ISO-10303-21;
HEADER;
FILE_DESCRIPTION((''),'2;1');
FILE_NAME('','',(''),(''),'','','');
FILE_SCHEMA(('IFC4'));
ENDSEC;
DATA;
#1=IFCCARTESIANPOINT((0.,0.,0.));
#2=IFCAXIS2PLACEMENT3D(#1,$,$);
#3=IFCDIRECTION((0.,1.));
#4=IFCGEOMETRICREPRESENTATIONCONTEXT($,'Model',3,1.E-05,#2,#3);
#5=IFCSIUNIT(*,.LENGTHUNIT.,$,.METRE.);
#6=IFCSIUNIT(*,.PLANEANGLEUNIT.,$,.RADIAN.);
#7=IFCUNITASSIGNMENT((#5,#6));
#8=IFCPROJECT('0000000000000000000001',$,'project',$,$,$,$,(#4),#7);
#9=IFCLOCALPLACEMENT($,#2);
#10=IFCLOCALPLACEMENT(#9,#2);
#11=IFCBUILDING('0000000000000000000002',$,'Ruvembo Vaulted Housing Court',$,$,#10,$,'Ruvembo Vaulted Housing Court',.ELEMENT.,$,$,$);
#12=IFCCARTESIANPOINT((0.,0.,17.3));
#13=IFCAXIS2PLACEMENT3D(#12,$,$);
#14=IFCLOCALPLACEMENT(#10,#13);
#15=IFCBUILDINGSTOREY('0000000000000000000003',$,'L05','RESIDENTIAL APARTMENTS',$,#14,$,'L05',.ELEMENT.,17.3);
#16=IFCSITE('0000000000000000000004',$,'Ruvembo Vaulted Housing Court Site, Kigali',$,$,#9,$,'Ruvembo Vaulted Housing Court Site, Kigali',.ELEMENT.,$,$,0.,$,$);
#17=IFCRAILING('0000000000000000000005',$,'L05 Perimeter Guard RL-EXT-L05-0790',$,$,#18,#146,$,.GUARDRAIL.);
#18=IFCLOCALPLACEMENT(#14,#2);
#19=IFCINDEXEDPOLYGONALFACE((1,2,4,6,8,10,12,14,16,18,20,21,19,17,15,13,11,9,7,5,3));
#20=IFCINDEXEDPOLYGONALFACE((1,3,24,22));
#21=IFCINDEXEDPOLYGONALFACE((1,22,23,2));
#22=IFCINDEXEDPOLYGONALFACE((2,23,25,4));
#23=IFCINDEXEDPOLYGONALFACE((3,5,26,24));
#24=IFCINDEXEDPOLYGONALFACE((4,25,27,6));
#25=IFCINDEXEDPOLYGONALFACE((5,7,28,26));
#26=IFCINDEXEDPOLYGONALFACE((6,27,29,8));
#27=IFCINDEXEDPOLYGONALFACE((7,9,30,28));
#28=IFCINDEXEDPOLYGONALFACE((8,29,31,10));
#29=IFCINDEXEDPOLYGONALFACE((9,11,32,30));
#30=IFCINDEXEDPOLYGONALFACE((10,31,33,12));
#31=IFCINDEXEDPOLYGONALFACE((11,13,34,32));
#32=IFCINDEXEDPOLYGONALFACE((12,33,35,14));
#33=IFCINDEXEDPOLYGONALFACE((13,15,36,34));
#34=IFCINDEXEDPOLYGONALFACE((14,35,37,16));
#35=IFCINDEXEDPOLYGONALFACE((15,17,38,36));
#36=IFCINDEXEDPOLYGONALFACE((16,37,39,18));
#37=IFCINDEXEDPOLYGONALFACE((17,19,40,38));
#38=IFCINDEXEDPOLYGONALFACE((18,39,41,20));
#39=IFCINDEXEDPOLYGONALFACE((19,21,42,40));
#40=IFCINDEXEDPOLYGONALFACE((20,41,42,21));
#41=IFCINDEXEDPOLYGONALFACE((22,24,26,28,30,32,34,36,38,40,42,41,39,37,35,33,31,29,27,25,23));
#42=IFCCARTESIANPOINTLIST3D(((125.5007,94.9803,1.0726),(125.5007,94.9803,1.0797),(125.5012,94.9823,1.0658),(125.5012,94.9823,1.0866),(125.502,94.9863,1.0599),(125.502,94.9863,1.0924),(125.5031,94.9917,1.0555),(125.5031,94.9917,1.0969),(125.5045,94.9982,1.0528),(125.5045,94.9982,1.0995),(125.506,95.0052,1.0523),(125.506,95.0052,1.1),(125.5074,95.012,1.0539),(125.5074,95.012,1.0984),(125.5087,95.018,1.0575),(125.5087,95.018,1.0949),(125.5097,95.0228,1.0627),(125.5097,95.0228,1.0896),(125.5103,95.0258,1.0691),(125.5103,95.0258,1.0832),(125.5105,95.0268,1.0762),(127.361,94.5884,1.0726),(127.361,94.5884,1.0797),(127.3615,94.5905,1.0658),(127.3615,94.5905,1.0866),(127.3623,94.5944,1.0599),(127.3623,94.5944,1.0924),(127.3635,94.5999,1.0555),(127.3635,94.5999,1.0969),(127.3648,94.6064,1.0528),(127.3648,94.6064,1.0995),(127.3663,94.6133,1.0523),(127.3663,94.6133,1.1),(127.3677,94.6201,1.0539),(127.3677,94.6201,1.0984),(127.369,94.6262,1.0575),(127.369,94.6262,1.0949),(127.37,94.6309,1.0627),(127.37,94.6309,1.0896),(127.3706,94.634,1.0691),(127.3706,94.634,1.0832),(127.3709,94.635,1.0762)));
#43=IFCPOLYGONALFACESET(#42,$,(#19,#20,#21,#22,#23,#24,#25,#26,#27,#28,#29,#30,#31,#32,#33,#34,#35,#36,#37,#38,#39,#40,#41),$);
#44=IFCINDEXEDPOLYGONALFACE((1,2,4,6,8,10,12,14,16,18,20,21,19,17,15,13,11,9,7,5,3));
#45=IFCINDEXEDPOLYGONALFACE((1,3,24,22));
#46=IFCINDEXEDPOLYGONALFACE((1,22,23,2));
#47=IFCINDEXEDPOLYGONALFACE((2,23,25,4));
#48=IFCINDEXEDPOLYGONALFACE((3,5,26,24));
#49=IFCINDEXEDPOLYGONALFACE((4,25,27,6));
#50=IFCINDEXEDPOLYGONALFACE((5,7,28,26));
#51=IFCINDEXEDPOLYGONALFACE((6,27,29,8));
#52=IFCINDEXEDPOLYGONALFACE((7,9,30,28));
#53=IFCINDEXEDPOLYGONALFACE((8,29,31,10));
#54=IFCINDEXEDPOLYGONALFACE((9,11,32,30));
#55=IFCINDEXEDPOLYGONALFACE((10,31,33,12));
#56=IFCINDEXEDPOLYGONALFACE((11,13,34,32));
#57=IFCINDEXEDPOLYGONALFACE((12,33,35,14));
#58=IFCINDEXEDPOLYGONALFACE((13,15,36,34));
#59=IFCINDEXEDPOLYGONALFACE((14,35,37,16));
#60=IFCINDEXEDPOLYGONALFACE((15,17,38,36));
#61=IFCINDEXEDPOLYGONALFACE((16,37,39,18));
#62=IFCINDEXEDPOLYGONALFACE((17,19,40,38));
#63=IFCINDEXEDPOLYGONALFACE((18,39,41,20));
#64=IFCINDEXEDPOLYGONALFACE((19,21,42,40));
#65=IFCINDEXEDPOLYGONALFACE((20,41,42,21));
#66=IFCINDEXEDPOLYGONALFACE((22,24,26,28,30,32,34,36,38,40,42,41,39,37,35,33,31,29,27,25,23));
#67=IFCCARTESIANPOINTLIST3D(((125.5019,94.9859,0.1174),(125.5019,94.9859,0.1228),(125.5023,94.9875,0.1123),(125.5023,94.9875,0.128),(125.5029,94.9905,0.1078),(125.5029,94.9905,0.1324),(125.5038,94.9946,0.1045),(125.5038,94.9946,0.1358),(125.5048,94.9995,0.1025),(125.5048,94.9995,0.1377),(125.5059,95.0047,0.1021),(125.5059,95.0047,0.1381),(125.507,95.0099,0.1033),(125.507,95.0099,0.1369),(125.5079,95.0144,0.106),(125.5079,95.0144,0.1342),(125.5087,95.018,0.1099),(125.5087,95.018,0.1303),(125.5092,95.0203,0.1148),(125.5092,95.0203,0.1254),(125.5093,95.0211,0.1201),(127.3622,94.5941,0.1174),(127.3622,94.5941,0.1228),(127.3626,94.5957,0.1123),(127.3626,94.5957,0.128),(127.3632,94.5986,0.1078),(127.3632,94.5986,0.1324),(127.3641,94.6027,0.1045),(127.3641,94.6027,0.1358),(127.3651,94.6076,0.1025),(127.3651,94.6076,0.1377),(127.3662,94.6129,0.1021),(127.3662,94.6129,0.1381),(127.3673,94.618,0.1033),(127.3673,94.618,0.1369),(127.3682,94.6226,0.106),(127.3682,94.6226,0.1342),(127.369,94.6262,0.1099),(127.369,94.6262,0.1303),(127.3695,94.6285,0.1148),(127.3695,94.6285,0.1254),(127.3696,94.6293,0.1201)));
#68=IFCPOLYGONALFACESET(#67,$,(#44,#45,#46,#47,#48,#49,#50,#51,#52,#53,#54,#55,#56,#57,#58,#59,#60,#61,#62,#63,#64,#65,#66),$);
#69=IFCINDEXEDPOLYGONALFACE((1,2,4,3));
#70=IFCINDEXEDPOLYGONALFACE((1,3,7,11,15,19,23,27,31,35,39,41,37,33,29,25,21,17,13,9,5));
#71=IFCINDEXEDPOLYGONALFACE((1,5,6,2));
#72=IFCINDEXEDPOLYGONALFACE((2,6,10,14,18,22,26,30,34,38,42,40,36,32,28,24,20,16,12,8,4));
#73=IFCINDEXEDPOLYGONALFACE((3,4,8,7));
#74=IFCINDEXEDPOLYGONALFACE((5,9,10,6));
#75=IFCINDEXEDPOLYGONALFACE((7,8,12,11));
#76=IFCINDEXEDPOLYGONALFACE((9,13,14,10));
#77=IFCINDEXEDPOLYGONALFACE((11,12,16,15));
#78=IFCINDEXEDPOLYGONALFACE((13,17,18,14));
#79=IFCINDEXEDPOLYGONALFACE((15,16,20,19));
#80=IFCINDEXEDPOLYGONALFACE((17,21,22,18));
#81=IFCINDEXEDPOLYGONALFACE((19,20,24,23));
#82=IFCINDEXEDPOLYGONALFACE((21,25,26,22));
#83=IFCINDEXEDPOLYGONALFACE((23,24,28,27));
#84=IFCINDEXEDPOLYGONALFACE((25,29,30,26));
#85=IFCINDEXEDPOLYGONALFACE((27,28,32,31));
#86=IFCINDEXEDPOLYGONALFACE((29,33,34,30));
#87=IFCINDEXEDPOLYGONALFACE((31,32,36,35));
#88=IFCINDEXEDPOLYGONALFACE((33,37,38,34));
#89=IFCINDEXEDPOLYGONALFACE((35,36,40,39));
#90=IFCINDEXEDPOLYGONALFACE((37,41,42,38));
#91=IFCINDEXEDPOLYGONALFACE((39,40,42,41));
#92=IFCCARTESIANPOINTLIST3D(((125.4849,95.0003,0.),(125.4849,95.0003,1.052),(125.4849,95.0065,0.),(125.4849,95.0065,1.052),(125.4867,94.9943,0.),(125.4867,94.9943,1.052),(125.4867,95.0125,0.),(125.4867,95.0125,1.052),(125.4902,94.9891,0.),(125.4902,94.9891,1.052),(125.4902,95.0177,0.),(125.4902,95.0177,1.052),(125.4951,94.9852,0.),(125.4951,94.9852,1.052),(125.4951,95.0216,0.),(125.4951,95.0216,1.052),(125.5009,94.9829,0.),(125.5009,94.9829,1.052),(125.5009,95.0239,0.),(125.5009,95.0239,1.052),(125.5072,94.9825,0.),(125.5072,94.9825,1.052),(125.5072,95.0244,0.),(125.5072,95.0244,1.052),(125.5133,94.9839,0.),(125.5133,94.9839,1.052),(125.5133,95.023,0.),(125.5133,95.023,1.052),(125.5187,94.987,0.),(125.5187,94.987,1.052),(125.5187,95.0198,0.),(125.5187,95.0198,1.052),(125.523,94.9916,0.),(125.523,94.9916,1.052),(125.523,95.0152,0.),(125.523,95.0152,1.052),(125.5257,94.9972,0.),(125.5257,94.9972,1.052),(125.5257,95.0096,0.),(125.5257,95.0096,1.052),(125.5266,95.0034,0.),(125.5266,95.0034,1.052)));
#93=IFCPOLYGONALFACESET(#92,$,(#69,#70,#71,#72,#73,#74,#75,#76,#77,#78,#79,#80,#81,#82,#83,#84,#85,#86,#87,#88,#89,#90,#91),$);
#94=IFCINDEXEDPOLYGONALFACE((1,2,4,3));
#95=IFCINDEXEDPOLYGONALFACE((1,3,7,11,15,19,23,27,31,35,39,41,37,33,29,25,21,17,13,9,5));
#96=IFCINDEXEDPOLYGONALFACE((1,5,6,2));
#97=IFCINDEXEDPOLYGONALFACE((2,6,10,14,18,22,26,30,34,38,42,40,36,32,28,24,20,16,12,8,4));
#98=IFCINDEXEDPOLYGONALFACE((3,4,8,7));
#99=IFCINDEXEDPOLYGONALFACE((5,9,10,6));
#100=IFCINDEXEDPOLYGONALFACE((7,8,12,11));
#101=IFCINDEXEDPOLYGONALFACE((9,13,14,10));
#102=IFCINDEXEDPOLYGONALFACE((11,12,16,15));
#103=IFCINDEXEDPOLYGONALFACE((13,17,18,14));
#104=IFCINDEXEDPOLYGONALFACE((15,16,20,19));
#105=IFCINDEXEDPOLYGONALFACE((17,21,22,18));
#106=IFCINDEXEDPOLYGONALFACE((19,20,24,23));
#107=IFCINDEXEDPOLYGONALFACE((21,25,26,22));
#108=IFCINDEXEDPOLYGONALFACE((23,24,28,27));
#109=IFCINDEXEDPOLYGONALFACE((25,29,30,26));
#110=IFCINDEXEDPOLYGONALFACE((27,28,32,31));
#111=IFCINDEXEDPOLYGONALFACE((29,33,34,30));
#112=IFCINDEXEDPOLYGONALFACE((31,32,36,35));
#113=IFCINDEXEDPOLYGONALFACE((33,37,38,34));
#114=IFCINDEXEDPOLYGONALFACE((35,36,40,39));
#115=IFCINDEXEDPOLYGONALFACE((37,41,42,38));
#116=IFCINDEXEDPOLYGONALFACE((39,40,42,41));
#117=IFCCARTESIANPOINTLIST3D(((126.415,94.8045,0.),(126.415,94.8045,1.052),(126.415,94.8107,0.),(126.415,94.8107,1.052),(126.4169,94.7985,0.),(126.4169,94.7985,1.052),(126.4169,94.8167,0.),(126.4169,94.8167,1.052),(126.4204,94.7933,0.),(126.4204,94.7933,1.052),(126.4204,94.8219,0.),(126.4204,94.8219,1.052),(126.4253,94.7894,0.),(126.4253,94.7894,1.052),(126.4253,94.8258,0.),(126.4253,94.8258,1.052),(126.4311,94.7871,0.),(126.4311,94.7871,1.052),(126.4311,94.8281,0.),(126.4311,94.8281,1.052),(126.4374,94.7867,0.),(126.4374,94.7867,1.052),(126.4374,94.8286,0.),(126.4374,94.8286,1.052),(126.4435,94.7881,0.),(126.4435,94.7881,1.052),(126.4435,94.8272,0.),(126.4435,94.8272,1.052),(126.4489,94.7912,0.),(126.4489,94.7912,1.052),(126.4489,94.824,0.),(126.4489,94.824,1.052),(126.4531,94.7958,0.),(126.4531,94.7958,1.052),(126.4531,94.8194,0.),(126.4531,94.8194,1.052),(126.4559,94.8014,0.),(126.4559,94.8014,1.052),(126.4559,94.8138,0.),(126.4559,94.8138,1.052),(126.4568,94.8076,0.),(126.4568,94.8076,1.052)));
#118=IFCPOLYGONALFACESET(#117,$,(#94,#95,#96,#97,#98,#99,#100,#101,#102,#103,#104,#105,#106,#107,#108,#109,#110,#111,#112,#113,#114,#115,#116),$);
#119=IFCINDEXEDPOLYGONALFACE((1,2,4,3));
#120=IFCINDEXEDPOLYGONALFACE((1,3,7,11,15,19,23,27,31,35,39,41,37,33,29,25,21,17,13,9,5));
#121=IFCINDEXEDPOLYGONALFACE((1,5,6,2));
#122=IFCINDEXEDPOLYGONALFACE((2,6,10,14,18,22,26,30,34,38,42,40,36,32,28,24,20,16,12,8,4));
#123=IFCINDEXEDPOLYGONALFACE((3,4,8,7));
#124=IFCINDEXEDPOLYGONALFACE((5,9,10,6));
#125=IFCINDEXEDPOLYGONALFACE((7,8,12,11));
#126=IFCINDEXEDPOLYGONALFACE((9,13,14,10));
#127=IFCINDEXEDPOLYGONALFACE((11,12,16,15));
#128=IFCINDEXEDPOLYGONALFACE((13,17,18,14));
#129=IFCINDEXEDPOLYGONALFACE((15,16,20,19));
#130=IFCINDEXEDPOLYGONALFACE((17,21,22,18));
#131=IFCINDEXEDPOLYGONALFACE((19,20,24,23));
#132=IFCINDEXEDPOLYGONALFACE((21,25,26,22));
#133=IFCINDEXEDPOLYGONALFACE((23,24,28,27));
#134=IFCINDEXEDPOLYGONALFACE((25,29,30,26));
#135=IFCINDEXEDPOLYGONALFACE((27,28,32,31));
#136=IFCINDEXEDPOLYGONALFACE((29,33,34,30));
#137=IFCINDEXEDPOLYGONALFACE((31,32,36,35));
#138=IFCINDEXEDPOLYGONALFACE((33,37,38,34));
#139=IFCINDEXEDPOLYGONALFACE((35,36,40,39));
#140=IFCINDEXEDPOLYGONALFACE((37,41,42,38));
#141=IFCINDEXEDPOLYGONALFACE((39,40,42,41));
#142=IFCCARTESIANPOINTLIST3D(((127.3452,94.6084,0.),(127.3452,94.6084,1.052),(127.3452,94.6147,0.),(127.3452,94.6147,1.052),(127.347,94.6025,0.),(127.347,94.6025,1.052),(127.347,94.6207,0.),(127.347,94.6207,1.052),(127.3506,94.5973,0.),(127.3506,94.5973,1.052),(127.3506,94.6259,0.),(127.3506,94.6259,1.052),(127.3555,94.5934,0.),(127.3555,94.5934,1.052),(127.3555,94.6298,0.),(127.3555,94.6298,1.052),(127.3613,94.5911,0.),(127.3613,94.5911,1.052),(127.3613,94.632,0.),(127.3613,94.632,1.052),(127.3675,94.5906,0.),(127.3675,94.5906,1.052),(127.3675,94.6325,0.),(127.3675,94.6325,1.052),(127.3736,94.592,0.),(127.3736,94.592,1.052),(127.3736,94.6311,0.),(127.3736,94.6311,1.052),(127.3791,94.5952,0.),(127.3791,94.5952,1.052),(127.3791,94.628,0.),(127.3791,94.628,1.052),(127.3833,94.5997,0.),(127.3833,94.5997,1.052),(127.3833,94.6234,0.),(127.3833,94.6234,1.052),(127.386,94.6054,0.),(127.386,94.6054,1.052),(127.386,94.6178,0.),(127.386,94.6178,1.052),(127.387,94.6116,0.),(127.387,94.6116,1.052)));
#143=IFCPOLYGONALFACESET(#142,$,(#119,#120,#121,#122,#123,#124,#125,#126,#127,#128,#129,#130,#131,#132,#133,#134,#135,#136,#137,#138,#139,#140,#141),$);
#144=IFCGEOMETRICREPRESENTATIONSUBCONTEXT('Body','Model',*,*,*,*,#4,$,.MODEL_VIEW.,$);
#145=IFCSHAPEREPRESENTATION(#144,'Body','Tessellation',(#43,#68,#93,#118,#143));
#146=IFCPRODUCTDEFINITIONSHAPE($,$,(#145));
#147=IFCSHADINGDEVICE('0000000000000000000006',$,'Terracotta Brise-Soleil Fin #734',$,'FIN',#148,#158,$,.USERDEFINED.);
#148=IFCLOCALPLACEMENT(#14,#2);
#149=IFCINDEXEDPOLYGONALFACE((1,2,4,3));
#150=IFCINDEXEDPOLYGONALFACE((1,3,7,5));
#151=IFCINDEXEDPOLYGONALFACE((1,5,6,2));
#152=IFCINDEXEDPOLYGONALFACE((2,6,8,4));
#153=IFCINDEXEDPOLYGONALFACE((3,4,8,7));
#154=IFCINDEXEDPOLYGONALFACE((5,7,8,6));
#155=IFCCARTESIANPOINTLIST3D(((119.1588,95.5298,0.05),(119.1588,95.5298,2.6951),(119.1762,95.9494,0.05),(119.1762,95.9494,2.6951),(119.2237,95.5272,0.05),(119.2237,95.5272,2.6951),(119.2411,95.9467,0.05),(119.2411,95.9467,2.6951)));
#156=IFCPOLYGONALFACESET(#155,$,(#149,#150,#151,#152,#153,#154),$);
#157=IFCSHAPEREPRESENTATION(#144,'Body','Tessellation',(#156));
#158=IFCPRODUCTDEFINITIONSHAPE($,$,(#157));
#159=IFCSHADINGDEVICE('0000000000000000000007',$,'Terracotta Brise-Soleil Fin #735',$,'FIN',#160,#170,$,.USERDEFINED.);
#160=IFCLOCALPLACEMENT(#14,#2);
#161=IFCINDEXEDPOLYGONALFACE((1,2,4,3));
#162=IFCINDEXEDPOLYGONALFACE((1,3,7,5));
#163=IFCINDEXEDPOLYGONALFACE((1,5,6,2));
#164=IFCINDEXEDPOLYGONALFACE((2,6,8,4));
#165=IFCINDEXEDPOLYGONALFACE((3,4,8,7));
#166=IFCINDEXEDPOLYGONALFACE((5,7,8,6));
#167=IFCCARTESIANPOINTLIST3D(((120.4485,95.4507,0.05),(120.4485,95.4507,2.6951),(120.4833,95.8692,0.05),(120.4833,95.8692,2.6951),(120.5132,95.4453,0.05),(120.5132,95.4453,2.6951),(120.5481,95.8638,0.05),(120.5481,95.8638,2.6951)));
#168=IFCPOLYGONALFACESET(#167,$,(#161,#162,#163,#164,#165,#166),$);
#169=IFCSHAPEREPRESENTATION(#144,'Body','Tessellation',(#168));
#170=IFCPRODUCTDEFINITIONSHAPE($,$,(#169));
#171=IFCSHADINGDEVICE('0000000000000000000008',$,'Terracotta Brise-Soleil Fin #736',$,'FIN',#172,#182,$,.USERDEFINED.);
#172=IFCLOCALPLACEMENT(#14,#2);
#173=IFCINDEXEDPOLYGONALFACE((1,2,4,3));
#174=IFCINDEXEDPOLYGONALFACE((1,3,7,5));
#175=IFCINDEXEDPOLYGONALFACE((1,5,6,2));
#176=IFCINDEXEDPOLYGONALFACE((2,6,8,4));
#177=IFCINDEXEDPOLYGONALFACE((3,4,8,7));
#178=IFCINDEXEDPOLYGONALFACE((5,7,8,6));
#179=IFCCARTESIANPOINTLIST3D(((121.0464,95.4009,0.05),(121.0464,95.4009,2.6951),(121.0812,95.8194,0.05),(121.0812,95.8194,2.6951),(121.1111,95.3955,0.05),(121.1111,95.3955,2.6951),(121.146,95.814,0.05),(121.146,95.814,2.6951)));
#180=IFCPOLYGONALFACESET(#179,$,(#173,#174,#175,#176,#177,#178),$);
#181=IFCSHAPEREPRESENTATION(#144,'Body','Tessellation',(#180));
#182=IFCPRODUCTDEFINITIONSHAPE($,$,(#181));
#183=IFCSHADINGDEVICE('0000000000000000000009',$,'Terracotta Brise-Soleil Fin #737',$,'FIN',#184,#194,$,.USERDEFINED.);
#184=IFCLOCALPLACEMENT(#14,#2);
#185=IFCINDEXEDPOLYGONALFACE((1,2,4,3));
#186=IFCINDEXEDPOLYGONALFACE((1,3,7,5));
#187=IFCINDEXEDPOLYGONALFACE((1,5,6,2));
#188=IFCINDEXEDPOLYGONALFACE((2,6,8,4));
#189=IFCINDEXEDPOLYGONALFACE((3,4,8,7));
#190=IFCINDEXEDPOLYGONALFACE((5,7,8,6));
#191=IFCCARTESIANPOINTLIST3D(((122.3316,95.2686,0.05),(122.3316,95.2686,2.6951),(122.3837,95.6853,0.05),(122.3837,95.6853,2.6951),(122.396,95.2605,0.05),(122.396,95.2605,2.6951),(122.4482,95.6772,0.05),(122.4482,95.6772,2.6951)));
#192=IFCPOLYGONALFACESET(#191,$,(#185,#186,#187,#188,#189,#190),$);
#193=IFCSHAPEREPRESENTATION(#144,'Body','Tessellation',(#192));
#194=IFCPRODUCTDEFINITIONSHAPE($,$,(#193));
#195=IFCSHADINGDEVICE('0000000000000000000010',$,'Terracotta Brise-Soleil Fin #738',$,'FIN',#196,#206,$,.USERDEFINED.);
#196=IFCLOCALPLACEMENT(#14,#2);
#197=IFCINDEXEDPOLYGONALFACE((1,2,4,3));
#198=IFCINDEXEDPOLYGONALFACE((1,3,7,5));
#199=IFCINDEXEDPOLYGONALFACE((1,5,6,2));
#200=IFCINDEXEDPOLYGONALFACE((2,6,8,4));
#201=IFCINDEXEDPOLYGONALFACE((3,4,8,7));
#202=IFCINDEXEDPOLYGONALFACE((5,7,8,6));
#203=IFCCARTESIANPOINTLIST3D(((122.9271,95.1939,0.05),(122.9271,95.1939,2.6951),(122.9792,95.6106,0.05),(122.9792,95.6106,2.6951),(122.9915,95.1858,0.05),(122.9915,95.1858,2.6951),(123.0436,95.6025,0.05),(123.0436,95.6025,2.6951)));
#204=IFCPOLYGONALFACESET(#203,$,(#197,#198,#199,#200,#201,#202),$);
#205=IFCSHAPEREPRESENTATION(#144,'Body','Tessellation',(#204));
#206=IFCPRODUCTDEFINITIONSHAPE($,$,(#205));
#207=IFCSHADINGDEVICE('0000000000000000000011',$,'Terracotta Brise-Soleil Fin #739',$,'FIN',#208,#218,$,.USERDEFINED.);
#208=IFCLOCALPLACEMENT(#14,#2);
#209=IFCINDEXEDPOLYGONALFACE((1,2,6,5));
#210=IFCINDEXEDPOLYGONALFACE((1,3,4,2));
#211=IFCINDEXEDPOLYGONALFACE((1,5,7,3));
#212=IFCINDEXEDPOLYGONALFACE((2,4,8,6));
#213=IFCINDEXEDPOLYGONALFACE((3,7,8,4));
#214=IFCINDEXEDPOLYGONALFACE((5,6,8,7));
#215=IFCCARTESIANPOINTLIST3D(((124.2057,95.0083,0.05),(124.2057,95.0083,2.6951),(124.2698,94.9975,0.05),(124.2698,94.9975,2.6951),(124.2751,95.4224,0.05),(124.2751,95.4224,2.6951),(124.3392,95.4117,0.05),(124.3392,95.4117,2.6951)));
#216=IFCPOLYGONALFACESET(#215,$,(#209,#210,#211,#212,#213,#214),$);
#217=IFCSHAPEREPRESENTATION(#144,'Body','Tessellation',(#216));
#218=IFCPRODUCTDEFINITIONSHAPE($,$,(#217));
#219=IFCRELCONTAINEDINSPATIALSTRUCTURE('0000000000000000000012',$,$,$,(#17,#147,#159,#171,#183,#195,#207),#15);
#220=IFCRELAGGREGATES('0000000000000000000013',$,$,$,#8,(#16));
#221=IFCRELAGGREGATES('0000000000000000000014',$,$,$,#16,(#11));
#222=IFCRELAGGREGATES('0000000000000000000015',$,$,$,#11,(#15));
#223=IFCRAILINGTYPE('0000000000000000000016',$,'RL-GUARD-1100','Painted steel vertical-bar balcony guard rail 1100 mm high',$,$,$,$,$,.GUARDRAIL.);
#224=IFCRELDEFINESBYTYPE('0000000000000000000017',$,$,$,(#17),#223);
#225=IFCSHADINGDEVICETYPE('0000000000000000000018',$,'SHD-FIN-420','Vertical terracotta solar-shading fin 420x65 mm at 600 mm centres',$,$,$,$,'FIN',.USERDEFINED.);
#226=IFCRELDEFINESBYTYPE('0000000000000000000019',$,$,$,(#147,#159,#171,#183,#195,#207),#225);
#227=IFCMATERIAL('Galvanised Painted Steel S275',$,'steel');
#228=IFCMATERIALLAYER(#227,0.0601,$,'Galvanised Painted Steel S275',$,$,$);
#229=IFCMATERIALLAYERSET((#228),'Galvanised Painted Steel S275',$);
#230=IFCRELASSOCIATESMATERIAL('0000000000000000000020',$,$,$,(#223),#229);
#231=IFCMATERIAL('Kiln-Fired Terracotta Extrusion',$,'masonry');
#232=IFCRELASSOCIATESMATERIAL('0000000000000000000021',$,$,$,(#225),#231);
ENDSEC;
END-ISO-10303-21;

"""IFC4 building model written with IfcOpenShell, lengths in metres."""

from ifc_helpers import new_model, si_unit, direction, frame, origin, origin_2d, place, context, subcontext, project, spatial, rectangle, circle, extrude, material, layer, layer_set, type_object, element, save


model = new_model("IFC4")

# Units and contexts
model_context = context("Model", 3, precision=1e-05, world=origin(), true_north=direction((0.0, 1.0)))
body_context = subcontext(model_context, "Body", "Model", "MODEL_VIEW")
ifc_project = project(units=[si_unit("LENGTHUNIT", "METRE"), si_unit("PLANEANGLEUNIT", "RADIAN")], contexts=[model_context])

# Site, building, storey
site_placement = place(None, origin())
site = spatial("IfcSite", under=ifc_project, at=site_placement, Name="Ruvembo Vaulted Housing Court Site, Kigali", LongName="Ruvembo Vaulted Housing Court Site, Kigali", CompositionType="ELEMENT", RefElevation=0.0)
building_placement = place(site_placement, origin())
building = spatial("IfcBuilding", under=site, at=building_placement, Name="Ruvembo Vaulted Housing Court", LongName="Ruvembo Vaulted Housing Court", CompositionType="ELEMENT")
storey_placement = place(building_placement, frame((0.0, 0.0, 17.3)))
storey = spatial("IfcBuildingStorey", under=building, at=storey_placement, Name="L05", Description="RESIDENTIAL APARTMENTS", LongName="L05", CompositionType="ELEMENT", Elevation=17.3)

# Railing
ifc_material_1 = material(Name="Galvanised Painted Steel S275", Category="steel")
ifc_layer = layer(ifc_material_1, 0.0601, Name="Galvanised Painted Steel S275")
ifc_layer_set = layer_set([ifc_layer], Name="Galvanised Painted Steel S275")
railing_type = type_object("IfcRailingType", Name="RL-GUARD-1100", Description="Painted steel vertical-bar balcony guard rail 1100 mm high", PredefinedType="GUARDRAIL", material=ifc_layer_set)
railing_1_placement = place(storey_placement, frame((125.5056, 95.0034, 0.0)))
element("IfcRailing", 1, at=railing_1_placement, inside=storey, type_object=railing_type, Name="L05 Perimeter Guard RL-EXT-L05-0790", PredefinedType="GUARDRAIL", context=body_context, shape_type="SweptSolid", body=[
    extrude(circle(Radius=0.0239, at=origin_2d()), frame((0.0, 0.0, 1.0762), z_axis=(0.978529, -0.206108, 0.0), x_axis=(0.206108, 0.978529, 0.0)), (0.0, 0.0, 1.0), 1.9011),
    extrude(circle(Radius=0.0181, at=origin_2d()), frame((0.0, 0.0, 0.1201), z_axis=(0.978529, -0.206108, 0.0), x_axis=(0.206108, 0.978529, 0.0)), (0.0, 0.0, 1.0), 1.9011),
    extrude(circle(Radius=0.021, at=origin_2d()), origin(), (0.0, 0.0, 1.0), 1.052),
    extrude(circle(Radius=0.021, at=origin_2d()), frame((0.9302, -0.1958, 0.0)), (0.0, 0.0, 1.0), 1.052),
    extrude(circle(Radius=0.021, at=origin_2d()), frame((1.8604, -0.3918, 0.0)), (0.0, 0.0, 1.0), 1.052),
])

# Shading devices
ifc_material_2 = material(Name="Kiln-Fired Terracotta Extrusion", Category="masonry")
shading_device_type = type_object("IfcShadingDeviceType", Name="SHD-FIN-420", Description="Vertical terracotta solar-shading fin 420x65 mm at 600 mm centres", ElementType="FIN", PredefinedType="USERDEFINED", material=ifc_material_2)
for number, where, z_axis, x_axis, name in (
    (2, (119.2, 95.7383, 0.05), (0.0, 0.0, 1.0), (-0.041509, -0.999138, 0.0), "Terracotta Brise-Soleil Fin #734"),
    (3, (120.4983, 95.6572, 0.05), (0.0, 0.0, 1.0), (-0.082895, -0.996558, 0.0), "Terracotta Brise-Soleil Fin #735"),
    (4, (121.0962, 95.6074, 0.05), (0.0, 0.0, 1.0), (-0.082895, -0.996558, 0.0), "Terracotta Brise-Soleil Fin #736"),
    (5, (122.3899, 95.4729, 0.05), (0.0, 0.0, 1.0), (-0.12419, -0.992258, 0.0), "Terracotta Brise-Soleil Fin #737"),
    (6, (122.9854, 95.3982, 0.05), (0.0, 0.0, 1.0), (-0.12419, -0.992258, 0.0), "Terracotta Brise-Soleil Fin #738"),
    (7, (124.2725, 95.21, 0.05), (0.0, 0.0, 1.0), (-0.165271, -0.986248, 0.0), "Terracotta Brise-Soleil Fin #739"),
):
    element("IfcShadingDevice", number, at=place(storey_placement, frame(where, z_axis=z_axis, x_axis=x_axis)), inside=storey, type_object=shading_device_type, Name=name, ObjectType="FIN", PredefinedType="USERDEFINED", context=body_context, shape_type="SweptSolid", body=[
        extrude(rectangle(XDim=0.4199, YDim=0.0649, at=origin_2d()), origin(), (0.0, 0.0, 1.0), 2.645),
    ])

save(model, "model.ifc")
